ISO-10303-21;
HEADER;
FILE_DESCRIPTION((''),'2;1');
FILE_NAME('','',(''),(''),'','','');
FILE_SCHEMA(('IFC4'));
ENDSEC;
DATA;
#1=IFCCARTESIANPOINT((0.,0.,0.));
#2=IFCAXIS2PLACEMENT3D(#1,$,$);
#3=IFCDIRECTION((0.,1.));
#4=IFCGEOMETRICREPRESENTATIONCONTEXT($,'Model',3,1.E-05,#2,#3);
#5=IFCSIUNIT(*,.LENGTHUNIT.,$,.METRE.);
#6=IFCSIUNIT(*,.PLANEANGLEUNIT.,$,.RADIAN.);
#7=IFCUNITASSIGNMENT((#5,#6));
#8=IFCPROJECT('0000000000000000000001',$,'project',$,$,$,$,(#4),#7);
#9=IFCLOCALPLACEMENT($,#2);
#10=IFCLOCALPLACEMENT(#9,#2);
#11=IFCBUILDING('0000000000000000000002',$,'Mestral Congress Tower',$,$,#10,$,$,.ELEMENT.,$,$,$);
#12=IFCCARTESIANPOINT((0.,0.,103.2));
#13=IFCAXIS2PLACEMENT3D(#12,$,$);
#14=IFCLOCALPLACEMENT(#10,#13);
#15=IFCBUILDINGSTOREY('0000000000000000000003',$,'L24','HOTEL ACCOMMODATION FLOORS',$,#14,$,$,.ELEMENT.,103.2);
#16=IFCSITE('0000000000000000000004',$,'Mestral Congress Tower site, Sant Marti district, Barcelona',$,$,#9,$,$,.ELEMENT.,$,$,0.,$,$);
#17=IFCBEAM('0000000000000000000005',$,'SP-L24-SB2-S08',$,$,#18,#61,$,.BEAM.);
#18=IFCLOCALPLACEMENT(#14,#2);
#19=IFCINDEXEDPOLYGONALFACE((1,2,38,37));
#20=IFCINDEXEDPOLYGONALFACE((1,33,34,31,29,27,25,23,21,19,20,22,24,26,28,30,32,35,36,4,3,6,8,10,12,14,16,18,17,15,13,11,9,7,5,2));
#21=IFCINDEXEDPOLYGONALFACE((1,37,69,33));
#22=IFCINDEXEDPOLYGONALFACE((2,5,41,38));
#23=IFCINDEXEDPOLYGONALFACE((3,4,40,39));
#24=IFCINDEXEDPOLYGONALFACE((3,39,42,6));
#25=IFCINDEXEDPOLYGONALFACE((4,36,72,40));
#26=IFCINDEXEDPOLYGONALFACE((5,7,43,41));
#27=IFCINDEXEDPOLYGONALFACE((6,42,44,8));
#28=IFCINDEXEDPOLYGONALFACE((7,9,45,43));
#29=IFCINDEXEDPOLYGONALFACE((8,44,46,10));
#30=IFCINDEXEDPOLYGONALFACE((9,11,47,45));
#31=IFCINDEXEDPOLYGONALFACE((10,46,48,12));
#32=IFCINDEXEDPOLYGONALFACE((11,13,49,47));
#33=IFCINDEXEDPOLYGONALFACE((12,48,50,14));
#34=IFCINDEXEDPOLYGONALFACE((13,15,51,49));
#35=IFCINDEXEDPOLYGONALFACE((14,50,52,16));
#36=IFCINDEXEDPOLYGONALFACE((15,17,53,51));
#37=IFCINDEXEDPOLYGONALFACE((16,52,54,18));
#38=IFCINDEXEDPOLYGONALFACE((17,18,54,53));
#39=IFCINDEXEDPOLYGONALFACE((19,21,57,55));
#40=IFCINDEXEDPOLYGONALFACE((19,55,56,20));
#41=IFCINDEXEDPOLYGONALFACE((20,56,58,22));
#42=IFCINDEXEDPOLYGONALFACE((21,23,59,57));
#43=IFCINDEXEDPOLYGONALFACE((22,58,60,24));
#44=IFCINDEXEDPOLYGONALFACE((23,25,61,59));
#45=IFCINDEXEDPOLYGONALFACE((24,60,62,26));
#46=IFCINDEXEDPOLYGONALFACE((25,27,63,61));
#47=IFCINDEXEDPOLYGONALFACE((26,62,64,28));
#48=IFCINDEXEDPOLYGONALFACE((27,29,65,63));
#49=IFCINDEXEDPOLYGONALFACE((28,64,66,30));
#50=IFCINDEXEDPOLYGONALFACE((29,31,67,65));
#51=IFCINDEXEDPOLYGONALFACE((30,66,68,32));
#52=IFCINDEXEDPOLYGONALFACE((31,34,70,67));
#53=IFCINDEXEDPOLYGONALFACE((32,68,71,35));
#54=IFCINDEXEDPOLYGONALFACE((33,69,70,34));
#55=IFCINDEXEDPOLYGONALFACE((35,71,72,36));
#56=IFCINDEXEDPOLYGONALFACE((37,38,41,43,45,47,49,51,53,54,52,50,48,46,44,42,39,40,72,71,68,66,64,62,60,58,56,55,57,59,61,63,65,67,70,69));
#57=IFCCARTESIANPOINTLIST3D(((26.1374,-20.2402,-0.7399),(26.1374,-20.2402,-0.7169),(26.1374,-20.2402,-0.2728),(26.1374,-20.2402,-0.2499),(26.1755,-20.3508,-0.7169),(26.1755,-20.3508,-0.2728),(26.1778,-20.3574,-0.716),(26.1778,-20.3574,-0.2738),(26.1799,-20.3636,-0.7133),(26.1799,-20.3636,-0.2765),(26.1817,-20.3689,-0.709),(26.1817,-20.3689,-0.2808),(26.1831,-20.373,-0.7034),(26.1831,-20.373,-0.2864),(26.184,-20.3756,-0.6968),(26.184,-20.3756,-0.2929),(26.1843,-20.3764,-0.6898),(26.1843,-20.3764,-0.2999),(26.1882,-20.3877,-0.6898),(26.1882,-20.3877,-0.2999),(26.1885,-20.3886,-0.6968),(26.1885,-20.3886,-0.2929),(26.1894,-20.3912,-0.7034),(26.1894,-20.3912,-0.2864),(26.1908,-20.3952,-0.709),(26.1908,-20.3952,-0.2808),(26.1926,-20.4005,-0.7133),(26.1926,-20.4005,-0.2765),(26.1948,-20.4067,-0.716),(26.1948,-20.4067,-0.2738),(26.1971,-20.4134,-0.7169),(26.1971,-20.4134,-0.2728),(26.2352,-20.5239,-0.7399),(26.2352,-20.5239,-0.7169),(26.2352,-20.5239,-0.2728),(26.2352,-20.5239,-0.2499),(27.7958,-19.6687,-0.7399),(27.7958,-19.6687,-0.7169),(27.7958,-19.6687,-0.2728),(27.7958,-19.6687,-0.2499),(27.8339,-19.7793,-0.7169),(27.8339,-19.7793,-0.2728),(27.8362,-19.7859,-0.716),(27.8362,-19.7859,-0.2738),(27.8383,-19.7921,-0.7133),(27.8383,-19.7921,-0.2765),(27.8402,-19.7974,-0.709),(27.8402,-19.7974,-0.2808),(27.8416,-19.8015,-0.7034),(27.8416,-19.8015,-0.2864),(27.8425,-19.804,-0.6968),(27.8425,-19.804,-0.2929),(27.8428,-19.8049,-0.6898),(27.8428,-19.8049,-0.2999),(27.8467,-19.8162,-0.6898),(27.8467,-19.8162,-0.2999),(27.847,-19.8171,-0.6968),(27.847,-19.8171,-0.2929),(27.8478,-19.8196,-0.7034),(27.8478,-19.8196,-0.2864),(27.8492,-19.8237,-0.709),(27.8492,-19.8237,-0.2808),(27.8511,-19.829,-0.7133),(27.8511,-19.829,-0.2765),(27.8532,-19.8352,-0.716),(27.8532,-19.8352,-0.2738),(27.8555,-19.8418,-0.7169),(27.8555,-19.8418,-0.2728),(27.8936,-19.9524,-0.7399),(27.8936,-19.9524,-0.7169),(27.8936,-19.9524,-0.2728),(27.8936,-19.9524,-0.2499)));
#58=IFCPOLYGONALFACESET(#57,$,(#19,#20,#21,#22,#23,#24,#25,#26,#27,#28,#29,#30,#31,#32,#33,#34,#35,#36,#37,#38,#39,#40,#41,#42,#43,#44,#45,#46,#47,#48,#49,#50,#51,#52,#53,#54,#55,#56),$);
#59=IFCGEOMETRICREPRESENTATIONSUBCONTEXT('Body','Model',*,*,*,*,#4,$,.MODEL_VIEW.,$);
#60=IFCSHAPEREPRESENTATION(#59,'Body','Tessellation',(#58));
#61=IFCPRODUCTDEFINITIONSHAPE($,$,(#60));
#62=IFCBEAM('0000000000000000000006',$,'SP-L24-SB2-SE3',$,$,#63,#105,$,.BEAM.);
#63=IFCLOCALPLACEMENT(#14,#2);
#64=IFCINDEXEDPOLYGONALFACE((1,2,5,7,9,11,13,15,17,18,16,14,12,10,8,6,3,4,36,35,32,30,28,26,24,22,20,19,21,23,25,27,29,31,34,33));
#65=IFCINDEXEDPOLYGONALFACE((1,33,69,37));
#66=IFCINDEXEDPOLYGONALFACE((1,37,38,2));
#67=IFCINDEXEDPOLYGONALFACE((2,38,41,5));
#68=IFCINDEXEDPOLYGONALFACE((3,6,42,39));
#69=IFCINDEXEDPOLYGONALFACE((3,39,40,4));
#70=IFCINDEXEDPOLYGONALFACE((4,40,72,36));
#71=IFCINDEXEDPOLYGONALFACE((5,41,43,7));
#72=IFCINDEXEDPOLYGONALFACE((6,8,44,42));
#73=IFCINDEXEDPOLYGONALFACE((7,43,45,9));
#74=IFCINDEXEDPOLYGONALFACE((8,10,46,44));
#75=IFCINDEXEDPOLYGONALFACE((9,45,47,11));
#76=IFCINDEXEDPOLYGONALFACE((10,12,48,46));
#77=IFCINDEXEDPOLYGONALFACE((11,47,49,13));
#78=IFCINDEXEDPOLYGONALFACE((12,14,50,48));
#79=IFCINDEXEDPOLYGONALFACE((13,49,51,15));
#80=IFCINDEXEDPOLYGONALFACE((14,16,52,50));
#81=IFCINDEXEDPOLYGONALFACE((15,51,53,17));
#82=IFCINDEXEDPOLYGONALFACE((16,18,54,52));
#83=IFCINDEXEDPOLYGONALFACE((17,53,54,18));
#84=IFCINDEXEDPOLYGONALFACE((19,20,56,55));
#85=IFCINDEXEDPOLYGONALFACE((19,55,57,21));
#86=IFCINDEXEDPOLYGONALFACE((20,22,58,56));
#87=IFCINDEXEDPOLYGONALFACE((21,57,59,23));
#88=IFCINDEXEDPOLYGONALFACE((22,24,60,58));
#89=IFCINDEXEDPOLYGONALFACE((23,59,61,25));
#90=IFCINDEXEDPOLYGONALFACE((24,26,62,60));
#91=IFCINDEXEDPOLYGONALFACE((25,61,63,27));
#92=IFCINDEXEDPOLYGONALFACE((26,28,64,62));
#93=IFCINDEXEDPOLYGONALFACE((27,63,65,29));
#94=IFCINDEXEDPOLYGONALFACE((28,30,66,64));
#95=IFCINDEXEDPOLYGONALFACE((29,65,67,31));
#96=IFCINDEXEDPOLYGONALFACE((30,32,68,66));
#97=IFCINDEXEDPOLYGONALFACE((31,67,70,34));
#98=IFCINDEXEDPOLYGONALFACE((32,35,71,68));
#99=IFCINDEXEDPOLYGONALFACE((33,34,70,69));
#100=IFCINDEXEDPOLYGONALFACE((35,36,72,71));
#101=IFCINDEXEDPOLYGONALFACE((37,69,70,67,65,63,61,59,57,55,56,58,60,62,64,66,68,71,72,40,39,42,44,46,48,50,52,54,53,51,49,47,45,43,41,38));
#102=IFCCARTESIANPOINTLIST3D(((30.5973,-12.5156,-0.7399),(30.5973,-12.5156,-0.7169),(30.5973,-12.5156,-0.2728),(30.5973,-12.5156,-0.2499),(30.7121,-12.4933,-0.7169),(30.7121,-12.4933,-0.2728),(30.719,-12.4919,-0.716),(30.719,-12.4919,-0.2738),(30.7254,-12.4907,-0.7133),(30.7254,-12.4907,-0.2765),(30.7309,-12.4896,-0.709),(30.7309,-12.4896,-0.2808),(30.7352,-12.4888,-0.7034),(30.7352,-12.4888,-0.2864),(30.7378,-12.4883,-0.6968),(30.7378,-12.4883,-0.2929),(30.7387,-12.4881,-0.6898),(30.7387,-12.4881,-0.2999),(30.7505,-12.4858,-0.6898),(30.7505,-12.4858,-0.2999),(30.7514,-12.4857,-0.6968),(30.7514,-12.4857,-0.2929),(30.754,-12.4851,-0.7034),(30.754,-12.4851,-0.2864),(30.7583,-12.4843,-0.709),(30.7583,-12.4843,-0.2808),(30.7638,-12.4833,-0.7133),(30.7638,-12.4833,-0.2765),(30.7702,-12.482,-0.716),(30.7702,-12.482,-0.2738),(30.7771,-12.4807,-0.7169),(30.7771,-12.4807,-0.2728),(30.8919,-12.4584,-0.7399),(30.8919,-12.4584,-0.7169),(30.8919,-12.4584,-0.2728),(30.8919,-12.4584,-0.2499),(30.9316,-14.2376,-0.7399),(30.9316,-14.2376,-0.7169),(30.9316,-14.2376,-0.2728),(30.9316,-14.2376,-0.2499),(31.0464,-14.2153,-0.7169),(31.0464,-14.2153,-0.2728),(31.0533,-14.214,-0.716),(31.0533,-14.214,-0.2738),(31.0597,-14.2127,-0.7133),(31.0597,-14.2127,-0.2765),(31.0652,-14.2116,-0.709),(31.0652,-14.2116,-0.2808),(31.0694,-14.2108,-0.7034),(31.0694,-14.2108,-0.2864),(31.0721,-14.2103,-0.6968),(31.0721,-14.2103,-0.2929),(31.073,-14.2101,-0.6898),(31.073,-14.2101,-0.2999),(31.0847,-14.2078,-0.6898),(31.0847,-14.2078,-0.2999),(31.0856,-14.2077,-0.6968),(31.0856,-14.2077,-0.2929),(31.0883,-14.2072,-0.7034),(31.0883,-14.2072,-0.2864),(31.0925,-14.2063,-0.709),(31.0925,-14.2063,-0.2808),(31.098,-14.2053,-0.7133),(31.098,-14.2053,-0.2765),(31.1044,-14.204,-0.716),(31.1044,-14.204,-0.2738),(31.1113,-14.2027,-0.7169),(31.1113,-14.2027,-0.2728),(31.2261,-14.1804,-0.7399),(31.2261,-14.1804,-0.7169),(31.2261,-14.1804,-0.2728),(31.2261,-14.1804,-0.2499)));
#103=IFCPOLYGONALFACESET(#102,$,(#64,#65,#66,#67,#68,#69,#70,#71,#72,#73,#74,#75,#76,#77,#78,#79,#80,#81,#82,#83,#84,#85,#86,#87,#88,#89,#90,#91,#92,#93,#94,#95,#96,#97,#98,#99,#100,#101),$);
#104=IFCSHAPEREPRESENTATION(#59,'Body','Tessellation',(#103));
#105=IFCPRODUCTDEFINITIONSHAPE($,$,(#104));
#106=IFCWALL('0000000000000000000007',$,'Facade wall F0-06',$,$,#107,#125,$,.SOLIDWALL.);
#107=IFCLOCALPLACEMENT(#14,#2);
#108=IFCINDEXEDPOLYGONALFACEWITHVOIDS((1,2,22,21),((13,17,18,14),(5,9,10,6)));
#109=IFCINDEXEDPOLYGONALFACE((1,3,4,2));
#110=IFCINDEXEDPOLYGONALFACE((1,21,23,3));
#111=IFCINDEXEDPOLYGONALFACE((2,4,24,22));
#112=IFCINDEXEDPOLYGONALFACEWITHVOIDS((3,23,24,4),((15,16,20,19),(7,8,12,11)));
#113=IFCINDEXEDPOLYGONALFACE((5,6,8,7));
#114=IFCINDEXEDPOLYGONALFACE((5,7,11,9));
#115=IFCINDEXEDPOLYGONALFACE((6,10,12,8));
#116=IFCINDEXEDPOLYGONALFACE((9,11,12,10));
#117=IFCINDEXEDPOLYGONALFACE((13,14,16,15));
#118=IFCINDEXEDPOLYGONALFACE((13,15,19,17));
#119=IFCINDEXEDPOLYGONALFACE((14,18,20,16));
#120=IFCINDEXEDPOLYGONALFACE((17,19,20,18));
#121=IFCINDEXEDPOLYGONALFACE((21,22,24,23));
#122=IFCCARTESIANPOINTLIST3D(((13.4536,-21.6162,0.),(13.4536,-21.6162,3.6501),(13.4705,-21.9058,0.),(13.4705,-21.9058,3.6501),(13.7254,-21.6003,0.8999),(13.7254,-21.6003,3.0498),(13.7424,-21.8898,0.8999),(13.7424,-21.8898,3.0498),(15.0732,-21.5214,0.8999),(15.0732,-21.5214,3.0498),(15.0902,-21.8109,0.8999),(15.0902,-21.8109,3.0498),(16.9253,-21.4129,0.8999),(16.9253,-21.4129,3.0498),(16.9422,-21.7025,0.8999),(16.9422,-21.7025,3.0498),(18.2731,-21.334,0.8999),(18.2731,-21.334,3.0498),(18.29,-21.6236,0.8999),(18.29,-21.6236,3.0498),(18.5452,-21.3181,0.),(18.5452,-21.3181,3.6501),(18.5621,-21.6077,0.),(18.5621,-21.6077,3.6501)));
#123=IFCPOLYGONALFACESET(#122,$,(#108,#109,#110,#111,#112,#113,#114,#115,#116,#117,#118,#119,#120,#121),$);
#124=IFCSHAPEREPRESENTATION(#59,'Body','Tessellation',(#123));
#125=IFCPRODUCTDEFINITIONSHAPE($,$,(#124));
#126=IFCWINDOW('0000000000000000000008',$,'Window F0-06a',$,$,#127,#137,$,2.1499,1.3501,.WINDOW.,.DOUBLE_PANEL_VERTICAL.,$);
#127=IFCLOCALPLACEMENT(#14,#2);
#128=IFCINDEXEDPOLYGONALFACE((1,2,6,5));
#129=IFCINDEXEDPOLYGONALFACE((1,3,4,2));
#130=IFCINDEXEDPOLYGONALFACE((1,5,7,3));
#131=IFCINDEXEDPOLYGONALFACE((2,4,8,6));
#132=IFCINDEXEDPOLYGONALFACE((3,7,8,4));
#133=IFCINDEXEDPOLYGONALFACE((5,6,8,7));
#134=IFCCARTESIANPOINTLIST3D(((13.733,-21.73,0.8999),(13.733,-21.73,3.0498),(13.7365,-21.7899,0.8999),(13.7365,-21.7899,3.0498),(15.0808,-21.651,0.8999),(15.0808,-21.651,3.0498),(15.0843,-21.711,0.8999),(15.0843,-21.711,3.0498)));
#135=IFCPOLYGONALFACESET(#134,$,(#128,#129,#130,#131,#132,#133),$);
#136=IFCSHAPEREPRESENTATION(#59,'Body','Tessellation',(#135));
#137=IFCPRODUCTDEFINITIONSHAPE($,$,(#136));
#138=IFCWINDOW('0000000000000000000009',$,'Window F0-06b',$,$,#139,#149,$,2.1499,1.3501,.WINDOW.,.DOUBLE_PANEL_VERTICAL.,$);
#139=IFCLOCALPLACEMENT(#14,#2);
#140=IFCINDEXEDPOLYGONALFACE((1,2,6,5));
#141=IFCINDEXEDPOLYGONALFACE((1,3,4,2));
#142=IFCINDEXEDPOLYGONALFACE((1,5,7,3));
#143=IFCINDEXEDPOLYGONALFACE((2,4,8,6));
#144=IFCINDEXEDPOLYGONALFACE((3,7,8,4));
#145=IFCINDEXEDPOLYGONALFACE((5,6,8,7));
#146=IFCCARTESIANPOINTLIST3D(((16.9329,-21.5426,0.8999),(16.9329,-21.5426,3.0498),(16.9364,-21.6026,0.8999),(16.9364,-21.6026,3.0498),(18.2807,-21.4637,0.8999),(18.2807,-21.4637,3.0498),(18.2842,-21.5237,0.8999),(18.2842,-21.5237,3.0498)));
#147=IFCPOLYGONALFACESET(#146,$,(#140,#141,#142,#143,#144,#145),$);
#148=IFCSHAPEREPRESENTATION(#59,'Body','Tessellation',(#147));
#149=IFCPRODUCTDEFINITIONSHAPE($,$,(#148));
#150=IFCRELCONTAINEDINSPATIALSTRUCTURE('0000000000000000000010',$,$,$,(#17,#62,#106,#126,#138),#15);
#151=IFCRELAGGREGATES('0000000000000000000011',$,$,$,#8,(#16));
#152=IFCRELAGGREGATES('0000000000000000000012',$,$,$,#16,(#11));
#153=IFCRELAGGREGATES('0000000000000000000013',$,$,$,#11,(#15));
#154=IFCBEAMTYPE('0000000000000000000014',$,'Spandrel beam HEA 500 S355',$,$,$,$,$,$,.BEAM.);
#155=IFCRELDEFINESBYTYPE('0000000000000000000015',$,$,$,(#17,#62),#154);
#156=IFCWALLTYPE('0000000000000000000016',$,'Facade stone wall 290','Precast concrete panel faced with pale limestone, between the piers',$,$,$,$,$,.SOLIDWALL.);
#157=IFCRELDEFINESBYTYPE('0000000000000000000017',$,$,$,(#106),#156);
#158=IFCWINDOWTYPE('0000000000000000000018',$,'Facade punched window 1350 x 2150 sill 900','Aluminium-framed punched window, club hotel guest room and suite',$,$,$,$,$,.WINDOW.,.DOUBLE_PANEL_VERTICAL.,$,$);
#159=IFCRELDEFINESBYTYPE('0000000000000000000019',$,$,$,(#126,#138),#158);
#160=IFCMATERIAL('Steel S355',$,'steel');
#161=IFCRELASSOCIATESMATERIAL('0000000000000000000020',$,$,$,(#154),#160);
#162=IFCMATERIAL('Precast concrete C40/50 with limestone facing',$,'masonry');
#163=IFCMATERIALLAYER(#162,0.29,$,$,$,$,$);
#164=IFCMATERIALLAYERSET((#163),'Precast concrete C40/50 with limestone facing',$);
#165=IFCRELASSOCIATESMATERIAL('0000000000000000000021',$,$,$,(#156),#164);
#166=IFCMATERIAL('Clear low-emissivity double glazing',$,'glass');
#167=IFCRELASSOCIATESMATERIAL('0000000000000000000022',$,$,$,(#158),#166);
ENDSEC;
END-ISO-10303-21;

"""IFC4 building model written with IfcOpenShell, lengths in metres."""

from ifc_helpers import new_model, si_unit, direction, frame, frame_2d, origin, origin_2d, place, context, subcontext, project, spatial, rectangle, i_section, extrude, material, layer, layer_set, material_profile, profile_set, type_object, element, fill, save


model = new_model("IFC4")

# Units and contexts
model_context = context("Model", 3, precision=1e-05, world=origin(), true_north=direction((0.0, 1.0)))
body_context = subcontext(model_context, "Body", "Model", "MODEL_VIEW")
ifc_project = project(units=[si_unit("LENGTHUNIT", "METRE"), si_unit("PLANEANGLEUNIT", "RADIAN")], contexts=[model_context])

# Site, building, storey
site_placement = place(None, origin())
site = spatial("IfcSite", under=ifc_project, at=site_placement, Name="Mestral Congress Tower site, Sant Marti district, Barcelona", CompositionType="ELEMENT", RefElevation=0.0)
building_placement = place(site_placement, origin())
building = spatial("IfcBuilding", under=site, at=building_placement, Name="Mestral Congress Tower", CompositionType="ELEMENT")
storey_placement = place(building_placement, frame((0.0, 0.0, 103.2)))
storey = spatial("IfcBuildingStorey", under=building, at=storey_placement, Name="L24", Description="HOTEL ACCOMMODATION FLOORS", CompositionType="ELEMENT", Elevation=103.2)

# Beams
ifc_material_1 = material(Name="Steel S355", Category="steel")
ifc_material_profile_1 = material_profile(ifc_material_1, i_section(OverallWidth=0.3, OverallDepth=0.49, WebThickness=0.012, FlangeThickness=0.0229, FilletRadius=0.0271, at=origin_2d()), Name="HEA 500")
ifc_profile_set_1 = profile_set([ifc_material_profile_1], Name="Steel S355")
beam_type_1 = type_object("IfcBeamType", Name="Spandrel beam HEA 500 S355", PredefinedType="BEAM", material=ifc_profile_set_1)
for number, where, z_axis, x_axis, name in (
    (1, (26.1863, -20.3821, -0.4949), (0.945434, 0.325815, 0.0), (-0.325815, 0.945434, 0.0), "SP-L24-SB2-S08"),
    (2, (31.0789, -14.209, -0.4949), (-0.190546, 0.981678, 0.0), (-0.981678, -0.190546, 0.0), "SP-L24-SB2-SE3"),
):
    element("IfcBeam", number, at=place(storey_placement, frame(where, z_axis=z_axis, x_axis=x_axis)), inside=storey, type_object=beam_type_1, Name=name, PredefinedType="BEAM", context=body_context, shape_type="SweptSolid", body=[
        extrude(i_section(OverallWidth=0.3, OverallDepth=0.49, WebThickness=0.012, FlangeThickness=0.0229, FilletRadius=0.0271, at=origin_2d()), origin(), (0.0, 0.0, 1.0), 1.7542),
    ])

# Wall, openings, windows
ifc_material_2 = material(Name="Precast concrete C40/50 with limestone facing", Category="masonry")
ifc_layer_1 = layer(ifc_material_2, 0.29)
ifc_layer_set_1 = layer_set([ifc_layer_1], Name="Precast concrete C40/50 with limestone facing")
wall_type_1 = type_object("IfcWallType", Name="Facade stone wall 290", Description="Precast concrete panel faced with pale limestone, between the piers", PredefinedType="SOLIDWALL", material=ifc_layer_set_1)
wall_1_placement = place(storey_placement, frame((13.4619, -21.761, 0.0), z_axis=(0.0, 0.0, 1.0), x_axis=(0.998291, 0.058447, 0.0)))
wall_1 = element("IfcWall", 3, at=wall_1_placement, inside=storey, type_object=wall_type_1, Name="Facade wall F0-06", PredefinedType="SOLIDWALL", context=body_context, shape_type="SweptSolid", body=[
    extrude(rectangle(XDim=5.1003, YDim=0.29, at=frame_2d((2.5503, 0.0))), origin(), (0.0, 0.0, 1.0), 3.6501),
])
opening_1_placement = place(wall_1_placement, frame((0.2725, 0.0, 0.8999)))
opening_1 = element("IfcOpeningElement", 4, at=opening_1_placement, cuts=wall_1, PredefinedType="OPENING", context=body_context, shape_type="SweptSolid", body=[
    extrude(rectangle(XDim=1.3501, YDim=2.1499, at=frame_2d((0.675, 1.075))), frame((0.0, 0.155, 0.0), z_axis=(0.0, -1.0, 0.0), x_axis=(1.0, 0.0, 0.0)), (0.0, 0.0, 1.0), 0.3101),
])
opening_2_placement = place(wall_1_placement, frame((3.4778, 0.0, 0.8999)))
opening_2 = element("IfcOpeningElement", 5, at=opening_2_placement, cuts=wall_1, PredefinedType="OPENING", context=body_context, shape_type="SweptSolid", body=[
    extrude(rectangle(XDim=1.3501, YDim=2.1499, at=frame_2d((0.675, 1.075))), frame((0.0, 0.155, 0.0), z_axis=(0.0, -1.0, 0.0), x_axis=(1.0, 0.0, 0.0)), (0.0, 0.0, 1.0), 0.3101),
])
ifc_material_3 = material(Name="Clear low-emissivity double glazing", Category="glass")
window_type_1 = type_object("IfcWindowType", Name="Facade punched window 1350 x 2150 sill 900", Description="Aluminium-framed punched window, club hotel guest room and suite", PartitioningType="DOUBLE_PANEL_VERTICAL", PredefinedType="WINDOW", material=ifc_material_3)
window_1_placement = place(opening_1_placement, origin())
window_1 = element("IfcWindow", 6, at=window_1_placement, inside=storey, type_object=window_type_1, Name="Window F0-06a", OverallHeight=2.1499, OverallWidth=1.3501, PartitioningType="DOUBLE_PANEL_VERTICAL", PredefinedType="WINDOW", context=body_context, shape_type="SweptSolid", body=[
    extrude(rectangle(XDim=1.3501, YDim=2.1499, at=frame_2d((0.675, 1.075))), frame((0.0, 0.0151, 0.0), z_axis=(0.0, -1.0, 0.0), x_axis=(1.0, 0.0, 0.0)), (0.0, 0.0, 1.0), 0.0601),
])
fill(opening_1, window_1)
window_2_placement = place(opening_2_placement, origin())
window_2 = element("IfcWindow", 7, at=window_2_placement, inside=storey, type_object=window_type_1, Name="Window F0-06b", OverallHeight=2.1499, OverallWidth=1.3501, PartitioningType="DOUBLE_PANEL_VERTICAL", PredefinedType="WINDOW", context=body_context, shape_type="SweptSolid", body=[
    extrude(rectangle(XDim=1.3501, YDim=2.1499, at=frame_2d((0.675, 1.075))), frame((0.0, 0.0151, 0.0), z_axis=(0.0, -1.0, 0.0), x_axis=(1.0, 0.0, 0.0)), (0.0, 0.0, 1.0), 0.0601),
])
fill(opening_2, window_2)

save(model, "model.ifc")
